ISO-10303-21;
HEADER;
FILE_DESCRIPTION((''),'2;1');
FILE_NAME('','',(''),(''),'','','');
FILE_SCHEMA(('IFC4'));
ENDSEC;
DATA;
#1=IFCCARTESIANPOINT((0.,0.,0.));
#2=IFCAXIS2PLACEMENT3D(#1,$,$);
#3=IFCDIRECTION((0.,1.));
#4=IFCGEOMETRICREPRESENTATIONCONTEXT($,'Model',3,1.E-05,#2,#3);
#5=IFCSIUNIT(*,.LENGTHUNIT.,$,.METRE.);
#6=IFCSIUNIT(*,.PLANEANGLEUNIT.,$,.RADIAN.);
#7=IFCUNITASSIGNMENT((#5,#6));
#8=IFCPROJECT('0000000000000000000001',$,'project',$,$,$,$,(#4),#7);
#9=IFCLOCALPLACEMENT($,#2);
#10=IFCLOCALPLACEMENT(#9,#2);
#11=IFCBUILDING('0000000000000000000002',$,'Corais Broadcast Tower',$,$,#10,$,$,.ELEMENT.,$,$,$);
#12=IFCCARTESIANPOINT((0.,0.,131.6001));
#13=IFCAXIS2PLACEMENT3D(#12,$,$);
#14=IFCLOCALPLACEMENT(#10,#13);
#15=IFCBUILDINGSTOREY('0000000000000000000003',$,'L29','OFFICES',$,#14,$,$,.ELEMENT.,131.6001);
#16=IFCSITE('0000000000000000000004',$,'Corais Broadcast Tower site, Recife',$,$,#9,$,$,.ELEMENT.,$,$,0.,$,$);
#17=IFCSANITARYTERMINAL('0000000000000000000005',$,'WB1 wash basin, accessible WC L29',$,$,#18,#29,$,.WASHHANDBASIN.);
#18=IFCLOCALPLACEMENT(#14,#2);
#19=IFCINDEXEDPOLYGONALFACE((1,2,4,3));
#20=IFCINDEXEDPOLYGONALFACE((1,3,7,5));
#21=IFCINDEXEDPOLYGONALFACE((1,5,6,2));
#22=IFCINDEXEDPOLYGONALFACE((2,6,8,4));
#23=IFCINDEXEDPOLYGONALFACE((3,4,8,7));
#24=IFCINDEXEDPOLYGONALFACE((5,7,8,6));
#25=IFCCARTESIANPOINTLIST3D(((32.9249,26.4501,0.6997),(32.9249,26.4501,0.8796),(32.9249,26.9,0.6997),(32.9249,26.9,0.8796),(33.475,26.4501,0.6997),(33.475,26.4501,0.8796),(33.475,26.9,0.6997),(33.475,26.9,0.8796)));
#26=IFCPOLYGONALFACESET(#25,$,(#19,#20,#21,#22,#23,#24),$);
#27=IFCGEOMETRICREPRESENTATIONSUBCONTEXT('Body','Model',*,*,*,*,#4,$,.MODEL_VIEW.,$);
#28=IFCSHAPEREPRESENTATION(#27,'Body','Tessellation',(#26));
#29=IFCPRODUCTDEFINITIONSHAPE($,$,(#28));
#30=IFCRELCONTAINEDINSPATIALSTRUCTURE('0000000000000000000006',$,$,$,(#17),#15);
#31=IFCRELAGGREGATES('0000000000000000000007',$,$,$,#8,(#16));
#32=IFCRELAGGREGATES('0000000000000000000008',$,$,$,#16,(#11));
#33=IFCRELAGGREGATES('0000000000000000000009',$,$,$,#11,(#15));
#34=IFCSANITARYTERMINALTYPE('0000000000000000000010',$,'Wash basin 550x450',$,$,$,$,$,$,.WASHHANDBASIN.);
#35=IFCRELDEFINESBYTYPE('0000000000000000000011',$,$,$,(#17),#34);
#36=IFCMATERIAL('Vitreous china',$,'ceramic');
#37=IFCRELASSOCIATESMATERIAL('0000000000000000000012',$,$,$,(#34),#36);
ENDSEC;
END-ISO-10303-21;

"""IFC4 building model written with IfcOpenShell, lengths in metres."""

from ifc_helpers import new_model, si_unit, direction, frame, origin, origin_2d, place, context, subcontext, project, spatial, rectangle, extrude, material, type_object, element, save


model = new_model("IFC4")

# Units and contexts
model_context = context("Model", 3, precision=1e-05, world=origin(), true_north=direction((0.0, 1.0)))
body_context = subcontext(model_context, "Body", "Model", "MODEL_VIEW")
ifc_project = project(units=[si_unit("LENGTHUNIT", "METRE"), si_unit("PLANEANGLEUNIT", "RADIAN")], contexts=[model_context])

# Site, building, storey
site_placement = place(None, origin())
site = spatial("IfcSite", under=ifc_project, at=site_placement, Name="Corais Broadcast Tower site, Recife", CompositionType="ELEMENT", RefElevation=0.0)
building_placement = place(site_placement, origin())
building = spatial("IfcBuilding", under=site, at=building_placement, Name="Corais Broadcast Tower", CompositionType="ELEMENT")
storey_placement = place(building_placement, frame((0.0, 0.0, 131.6001)))
storey = spatial("IfcBuildingStorey", under=building, at=storey_placement, Name="L29", Description="OFFICES", CompositionType="ELEMENT", Elevation=131.6001)

# Sanitary terminal
ifc_material_1 = material(Name="Vitreous china", Category="ceramic")
sanitary_terminal_type_1 = type_object("IfcSanitaryTerminalType", Name="Wash basin 550x450", PredefinedType="WASHHANDBASIN", material=ifc_material_1)
sanitary_terminal_placement = place(storey_placement, frame((33.2, 26.675, 0.6997), z_axis=(0.0, 0.0, 1.0), x_axis=(1.0, 0.0, 0.0)))
element("IfcSanitaryTerminal", 1, at=sanitary_terminal_placement, inside=storey, type_object=sanitary_terminal_type_1, Name="WB1 wash basin, accessible WC L29", PredefinedType="WASHHANDBASIN", context=body_context, shape_type="SweptSolid", body=[
    extrude(rectangle(XDim=0.55, YDim=0.45, at=origin_2d()), origin(), (0.0, 0.0, 1.0), 0.1799),
])

save(model, "model.ifc")
